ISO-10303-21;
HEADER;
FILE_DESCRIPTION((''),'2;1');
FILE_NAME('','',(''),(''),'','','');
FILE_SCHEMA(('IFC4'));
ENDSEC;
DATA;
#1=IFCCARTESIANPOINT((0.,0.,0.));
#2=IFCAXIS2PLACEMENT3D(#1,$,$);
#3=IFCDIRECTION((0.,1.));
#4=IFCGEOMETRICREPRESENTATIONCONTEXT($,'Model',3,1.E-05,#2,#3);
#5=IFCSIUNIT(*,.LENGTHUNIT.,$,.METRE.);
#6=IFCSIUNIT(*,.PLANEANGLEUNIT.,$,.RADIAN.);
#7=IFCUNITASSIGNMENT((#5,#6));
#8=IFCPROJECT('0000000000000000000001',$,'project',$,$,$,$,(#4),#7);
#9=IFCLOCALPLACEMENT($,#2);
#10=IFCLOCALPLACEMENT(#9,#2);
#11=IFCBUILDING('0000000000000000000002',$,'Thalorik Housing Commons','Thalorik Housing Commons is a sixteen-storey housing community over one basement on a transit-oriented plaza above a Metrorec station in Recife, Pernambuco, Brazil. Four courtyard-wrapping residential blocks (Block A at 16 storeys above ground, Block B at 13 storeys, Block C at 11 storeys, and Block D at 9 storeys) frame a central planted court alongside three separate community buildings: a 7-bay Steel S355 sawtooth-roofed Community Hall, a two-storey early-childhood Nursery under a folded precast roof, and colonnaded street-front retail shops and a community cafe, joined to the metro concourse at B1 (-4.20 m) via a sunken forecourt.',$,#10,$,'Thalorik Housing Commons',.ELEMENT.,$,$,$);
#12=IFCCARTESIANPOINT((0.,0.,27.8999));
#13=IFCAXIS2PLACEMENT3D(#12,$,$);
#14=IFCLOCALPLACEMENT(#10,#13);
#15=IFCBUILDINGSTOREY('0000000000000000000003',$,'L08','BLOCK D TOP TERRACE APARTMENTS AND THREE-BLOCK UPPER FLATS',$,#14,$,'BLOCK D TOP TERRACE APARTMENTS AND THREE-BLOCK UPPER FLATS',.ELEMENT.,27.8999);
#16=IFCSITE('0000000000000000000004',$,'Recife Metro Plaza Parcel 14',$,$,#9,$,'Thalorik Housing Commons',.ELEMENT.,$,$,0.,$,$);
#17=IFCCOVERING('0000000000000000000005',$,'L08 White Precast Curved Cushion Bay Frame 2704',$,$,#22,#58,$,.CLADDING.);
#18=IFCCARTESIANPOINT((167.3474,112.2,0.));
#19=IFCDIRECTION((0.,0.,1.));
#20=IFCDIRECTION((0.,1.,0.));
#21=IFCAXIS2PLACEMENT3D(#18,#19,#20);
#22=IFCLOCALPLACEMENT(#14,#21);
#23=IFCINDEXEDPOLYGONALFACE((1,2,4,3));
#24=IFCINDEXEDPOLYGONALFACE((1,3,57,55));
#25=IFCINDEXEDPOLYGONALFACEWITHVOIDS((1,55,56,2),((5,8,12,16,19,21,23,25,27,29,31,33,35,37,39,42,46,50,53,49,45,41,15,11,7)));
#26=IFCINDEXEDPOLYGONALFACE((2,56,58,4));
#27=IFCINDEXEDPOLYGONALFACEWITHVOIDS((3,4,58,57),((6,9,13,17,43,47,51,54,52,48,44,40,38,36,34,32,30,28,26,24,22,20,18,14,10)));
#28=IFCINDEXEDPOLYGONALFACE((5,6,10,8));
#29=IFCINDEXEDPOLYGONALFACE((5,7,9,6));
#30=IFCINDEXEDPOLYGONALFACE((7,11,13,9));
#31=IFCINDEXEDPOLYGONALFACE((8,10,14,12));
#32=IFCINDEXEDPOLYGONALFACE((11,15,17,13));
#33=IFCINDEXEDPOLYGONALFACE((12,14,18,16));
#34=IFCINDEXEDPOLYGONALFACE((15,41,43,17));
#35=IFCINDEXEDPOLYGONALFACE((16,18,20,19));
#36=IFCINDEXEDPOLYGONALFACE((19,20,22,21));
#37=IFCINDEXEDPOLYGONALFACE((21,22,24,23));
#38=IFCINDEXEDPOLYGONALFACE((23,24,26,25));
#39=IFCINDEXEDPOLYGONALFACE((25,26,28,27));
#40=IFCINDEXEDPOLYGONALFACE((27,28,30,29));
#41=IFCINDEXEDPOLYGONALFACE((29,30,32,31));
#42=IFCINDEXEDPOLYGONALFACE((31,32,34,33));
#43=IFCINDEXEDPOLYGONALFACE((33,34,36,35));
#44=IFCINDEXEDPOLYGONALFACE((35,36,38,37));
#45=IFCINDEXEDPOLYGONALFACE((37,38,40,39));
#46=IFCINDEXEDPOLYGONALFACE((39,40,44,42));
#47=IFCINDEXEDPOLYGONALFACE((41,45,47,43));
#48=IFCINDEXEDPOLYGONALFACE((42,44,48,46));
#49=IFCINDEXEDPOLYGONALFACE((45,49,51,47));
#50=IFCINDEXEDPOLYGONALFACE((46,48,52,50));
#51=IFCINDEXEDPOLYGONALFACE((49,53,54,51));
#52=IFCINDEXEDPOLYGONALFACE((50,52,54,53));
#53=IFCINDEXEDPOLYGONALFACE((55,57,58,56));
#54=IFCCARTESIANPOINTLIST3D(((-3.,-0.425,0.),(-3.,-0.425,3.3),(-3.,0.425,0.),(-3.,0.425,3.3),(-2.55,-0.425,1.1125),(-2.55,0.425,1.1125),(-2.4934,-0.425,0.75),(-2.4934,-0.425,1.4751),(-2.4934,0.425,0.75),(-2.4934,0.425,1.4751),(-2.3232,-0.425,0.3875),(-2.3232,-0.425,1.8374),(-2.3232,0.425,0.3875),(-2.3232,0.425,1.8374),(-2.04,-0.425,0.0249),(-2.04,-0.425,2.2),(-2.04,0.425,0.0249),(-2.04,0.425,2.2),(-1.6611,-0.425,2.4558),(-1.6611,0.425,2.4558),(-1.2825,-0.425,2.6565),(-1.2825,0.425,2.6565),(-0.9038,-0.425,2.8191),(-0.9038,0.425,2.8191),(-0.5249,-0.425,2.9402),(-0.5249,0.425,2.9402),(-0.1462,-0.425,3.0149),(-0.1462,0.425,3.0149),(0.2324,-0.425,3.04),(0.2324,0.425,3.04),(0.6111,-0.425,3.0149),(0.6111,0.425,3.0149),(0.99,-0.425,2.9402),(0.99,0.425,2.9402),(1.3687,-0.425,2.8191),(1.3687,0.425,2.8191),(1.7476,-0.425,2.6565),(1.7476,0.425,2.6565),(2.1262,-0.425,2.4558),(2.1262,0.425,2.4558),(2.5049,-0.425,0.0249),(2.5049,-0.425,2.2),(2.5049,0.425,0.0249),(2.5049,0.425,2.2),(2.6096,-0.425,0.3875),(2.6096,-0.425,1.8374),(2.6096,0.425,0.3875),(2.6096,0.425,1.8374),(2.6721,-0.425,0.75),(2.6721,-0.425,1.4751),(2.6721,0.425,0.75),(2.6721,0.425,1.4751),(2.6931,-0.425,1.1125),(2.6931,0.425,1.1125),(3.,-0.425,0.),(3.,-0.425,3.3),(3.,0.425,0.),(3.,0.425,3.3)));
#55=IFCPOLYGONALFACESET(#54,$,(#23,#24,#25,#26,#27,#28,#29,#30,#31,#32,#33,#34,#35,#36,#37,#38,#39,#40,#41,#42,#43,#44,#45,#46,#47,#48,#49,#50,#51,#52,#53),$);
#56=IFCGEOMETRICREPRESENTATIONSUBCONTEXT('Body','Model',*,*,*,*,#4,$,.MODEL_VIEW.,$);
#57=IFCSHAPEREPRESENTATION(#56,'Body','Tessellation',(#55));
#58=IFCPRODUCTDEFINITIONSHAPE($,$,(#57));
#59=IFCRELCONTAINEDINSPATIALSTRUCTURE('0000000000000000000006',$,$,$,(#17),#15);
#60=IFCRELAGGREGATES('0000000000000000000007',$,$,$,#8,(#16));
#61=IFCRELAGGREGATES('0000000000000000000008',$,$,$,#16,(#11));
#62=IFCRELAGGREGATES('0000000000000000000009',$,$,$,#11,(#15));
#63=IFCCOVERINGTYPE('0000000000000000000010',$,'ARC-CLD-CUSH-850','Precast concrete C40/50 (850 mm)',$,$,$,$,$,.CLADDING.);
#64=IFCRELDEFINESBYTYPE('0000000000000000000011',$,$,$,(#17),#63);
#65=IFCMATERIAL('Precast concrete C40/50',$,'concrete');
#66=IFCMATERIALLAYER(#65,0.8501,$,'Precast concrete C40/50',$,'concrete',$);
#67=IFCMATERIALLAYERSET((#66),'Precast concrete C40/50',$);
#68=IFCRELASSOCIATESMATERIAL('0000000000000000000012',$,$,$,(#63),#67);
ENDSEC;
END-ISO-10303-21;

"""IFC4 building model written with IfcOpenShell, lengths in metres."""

from ifc_helpers import new_model, si_unit, direction, frame, origin, place, context, subcontext, project, spatial, polyline, outline, extrude, material, layer, layer_set, type_object, element, save


model = new_model("IFC4")

# Units and contexts
model_context = context("Model", 3, precision=1e-05, world=origin(), true_north=direction((0.0, 1.0)))
body_context = subcontext(model_context, "Body", "Model", "MODEL_VIEW")
ifc_project = project(units=[si_unit("LENGTHUNIT", "METRE"), si_unit("PLANEANGLEUNIT", "RADIAN")], contexts=[model_context])

# Site, building, storey
site_placement = place(None, origin())
site = spatial("IfcSite", under=ifc_project, at=site_placement, Name="Recife Metro Plaza Parcel 14", LongName="Thalorik Housing Commons", CompositionType="ELEMENT", RefElevation=0.0)
building_placement = place(site_placement, origin())
building = spatial("IfcBuilding", under=site, at=building_placement, Name="Thalorik Housing Commons", Description="Thalorik Housing Commons is a sixteen-storey housing community over one basement on a transit-oriented plaza above a Metrorec station in Recife, Pernambuco, Brazil. Four courtyard-wrapping residential blocks (Block A at 16 storeys above ground, Block B at 13 storeys, Block C at 11 storeys, and Block D at 9 storeys) frame a central planted court alongside three separate community buildings: a 7-bay Steel S355 sawtooth-roofed Community Hall, a two-storey early-childhood Nursery under a folded precast roof, and colonnaded street-front retail shops and a community cafe, joined to the metro concourse at B1 (-4.20 m) via a sunken forecourt.", LongName="Thalorik Housing Commons", CompositionType="ELEMENT")
storey_placement = place(building_placement, frame((0.0, 0.0, 27.8999)))
storey = spatial("IfcBuildingStorey", under=building, at=storey_placement, Name="L08", Description="BLOCK D TOP TERRACE APARTMENTS AND THREE-BLOCK UPPER FLATS", LongName="BLOCK D TOP TERRACE APARTMENTS AND THREE-BLOCK UPPER FLATS", CompositionType="ELEMENT", Elevation=27.8999)

# Shared definitions
ifc_material_1 = material(Name="Precast concrete C40/50", Category="concrete")

# Covering
ifc_layer_1 = layer(ifc_material_1, 0.8501, Name="Precast concrete C40/50", Category="concrete")
ifc_layer_set_1 = layer_set([ifc_layer_1], Name="Precast concrete C40/50")
covering_type_1 = type_object("IfcCoveringType", Name="ARC-CLD-CUSH-850", Description="Precast concrete C40/50 (850 mm)", PredefinedType="CLADDING", material=ifc_layer_set_1)
covering_1_placement = place(storey_placement, frame((167.3474, 112.2, 0.0), z_axis=(0.0, 0.0, 1.0), x_axis=(0.0, 1.0, 0.0)))
element("IfcCovering", 1, at=covering_1_placement, inside=storey, type_object=covering_type_1, Name="L08 White Precast Curved Cushion Bay Frame 2704", PredefinedType="CLADDING", context=body_context, shape_type="SweptSolid", body=[
    extrude(outline(polyline([(-3.0, 0.0), (3.0, 0.0), (3.0, 3.3), (-3.0, 3.3), (-3.0, 0.0)]), holes=[polyline([(2.5049, 0.0249), (2.6096, 0.3875), (2.6721, 0.75), (2.6931, 1.1125), (2.6721, 1.4751), (2.6096, 1.8374), (2.5049, 2.2), (2.1262, 2.4558), (1.7476, 2.6565), (1.3687, 2.8191), (0.99, 2.9402), (0.6111, 3.0149), (0.2324, 3.04), (-0.1462, 3.0149), (-0.5249, 2.9402), (-0.9038, 2.8191), (-1.2825, 2.6565), (-1.6611, 2.4558), (-2.04, 2.2), (-2.3232, 1.8374), (-2.4934, 1.4751), (-2.55, 1.1125), (-2.4934, 0.75), (-2.3232, 0.3875), (-2.04, 0.0249), (2.5049, 0.0249)])]), frame((0.0, 0.425, 0.0), z_axis=(0.0, -1.0, 0.0), x_axis=(1.0, 0.0, 0.0)), (0.0, 0.0, 1.0), 0.8501),
])

save(model, "model.ifc")
